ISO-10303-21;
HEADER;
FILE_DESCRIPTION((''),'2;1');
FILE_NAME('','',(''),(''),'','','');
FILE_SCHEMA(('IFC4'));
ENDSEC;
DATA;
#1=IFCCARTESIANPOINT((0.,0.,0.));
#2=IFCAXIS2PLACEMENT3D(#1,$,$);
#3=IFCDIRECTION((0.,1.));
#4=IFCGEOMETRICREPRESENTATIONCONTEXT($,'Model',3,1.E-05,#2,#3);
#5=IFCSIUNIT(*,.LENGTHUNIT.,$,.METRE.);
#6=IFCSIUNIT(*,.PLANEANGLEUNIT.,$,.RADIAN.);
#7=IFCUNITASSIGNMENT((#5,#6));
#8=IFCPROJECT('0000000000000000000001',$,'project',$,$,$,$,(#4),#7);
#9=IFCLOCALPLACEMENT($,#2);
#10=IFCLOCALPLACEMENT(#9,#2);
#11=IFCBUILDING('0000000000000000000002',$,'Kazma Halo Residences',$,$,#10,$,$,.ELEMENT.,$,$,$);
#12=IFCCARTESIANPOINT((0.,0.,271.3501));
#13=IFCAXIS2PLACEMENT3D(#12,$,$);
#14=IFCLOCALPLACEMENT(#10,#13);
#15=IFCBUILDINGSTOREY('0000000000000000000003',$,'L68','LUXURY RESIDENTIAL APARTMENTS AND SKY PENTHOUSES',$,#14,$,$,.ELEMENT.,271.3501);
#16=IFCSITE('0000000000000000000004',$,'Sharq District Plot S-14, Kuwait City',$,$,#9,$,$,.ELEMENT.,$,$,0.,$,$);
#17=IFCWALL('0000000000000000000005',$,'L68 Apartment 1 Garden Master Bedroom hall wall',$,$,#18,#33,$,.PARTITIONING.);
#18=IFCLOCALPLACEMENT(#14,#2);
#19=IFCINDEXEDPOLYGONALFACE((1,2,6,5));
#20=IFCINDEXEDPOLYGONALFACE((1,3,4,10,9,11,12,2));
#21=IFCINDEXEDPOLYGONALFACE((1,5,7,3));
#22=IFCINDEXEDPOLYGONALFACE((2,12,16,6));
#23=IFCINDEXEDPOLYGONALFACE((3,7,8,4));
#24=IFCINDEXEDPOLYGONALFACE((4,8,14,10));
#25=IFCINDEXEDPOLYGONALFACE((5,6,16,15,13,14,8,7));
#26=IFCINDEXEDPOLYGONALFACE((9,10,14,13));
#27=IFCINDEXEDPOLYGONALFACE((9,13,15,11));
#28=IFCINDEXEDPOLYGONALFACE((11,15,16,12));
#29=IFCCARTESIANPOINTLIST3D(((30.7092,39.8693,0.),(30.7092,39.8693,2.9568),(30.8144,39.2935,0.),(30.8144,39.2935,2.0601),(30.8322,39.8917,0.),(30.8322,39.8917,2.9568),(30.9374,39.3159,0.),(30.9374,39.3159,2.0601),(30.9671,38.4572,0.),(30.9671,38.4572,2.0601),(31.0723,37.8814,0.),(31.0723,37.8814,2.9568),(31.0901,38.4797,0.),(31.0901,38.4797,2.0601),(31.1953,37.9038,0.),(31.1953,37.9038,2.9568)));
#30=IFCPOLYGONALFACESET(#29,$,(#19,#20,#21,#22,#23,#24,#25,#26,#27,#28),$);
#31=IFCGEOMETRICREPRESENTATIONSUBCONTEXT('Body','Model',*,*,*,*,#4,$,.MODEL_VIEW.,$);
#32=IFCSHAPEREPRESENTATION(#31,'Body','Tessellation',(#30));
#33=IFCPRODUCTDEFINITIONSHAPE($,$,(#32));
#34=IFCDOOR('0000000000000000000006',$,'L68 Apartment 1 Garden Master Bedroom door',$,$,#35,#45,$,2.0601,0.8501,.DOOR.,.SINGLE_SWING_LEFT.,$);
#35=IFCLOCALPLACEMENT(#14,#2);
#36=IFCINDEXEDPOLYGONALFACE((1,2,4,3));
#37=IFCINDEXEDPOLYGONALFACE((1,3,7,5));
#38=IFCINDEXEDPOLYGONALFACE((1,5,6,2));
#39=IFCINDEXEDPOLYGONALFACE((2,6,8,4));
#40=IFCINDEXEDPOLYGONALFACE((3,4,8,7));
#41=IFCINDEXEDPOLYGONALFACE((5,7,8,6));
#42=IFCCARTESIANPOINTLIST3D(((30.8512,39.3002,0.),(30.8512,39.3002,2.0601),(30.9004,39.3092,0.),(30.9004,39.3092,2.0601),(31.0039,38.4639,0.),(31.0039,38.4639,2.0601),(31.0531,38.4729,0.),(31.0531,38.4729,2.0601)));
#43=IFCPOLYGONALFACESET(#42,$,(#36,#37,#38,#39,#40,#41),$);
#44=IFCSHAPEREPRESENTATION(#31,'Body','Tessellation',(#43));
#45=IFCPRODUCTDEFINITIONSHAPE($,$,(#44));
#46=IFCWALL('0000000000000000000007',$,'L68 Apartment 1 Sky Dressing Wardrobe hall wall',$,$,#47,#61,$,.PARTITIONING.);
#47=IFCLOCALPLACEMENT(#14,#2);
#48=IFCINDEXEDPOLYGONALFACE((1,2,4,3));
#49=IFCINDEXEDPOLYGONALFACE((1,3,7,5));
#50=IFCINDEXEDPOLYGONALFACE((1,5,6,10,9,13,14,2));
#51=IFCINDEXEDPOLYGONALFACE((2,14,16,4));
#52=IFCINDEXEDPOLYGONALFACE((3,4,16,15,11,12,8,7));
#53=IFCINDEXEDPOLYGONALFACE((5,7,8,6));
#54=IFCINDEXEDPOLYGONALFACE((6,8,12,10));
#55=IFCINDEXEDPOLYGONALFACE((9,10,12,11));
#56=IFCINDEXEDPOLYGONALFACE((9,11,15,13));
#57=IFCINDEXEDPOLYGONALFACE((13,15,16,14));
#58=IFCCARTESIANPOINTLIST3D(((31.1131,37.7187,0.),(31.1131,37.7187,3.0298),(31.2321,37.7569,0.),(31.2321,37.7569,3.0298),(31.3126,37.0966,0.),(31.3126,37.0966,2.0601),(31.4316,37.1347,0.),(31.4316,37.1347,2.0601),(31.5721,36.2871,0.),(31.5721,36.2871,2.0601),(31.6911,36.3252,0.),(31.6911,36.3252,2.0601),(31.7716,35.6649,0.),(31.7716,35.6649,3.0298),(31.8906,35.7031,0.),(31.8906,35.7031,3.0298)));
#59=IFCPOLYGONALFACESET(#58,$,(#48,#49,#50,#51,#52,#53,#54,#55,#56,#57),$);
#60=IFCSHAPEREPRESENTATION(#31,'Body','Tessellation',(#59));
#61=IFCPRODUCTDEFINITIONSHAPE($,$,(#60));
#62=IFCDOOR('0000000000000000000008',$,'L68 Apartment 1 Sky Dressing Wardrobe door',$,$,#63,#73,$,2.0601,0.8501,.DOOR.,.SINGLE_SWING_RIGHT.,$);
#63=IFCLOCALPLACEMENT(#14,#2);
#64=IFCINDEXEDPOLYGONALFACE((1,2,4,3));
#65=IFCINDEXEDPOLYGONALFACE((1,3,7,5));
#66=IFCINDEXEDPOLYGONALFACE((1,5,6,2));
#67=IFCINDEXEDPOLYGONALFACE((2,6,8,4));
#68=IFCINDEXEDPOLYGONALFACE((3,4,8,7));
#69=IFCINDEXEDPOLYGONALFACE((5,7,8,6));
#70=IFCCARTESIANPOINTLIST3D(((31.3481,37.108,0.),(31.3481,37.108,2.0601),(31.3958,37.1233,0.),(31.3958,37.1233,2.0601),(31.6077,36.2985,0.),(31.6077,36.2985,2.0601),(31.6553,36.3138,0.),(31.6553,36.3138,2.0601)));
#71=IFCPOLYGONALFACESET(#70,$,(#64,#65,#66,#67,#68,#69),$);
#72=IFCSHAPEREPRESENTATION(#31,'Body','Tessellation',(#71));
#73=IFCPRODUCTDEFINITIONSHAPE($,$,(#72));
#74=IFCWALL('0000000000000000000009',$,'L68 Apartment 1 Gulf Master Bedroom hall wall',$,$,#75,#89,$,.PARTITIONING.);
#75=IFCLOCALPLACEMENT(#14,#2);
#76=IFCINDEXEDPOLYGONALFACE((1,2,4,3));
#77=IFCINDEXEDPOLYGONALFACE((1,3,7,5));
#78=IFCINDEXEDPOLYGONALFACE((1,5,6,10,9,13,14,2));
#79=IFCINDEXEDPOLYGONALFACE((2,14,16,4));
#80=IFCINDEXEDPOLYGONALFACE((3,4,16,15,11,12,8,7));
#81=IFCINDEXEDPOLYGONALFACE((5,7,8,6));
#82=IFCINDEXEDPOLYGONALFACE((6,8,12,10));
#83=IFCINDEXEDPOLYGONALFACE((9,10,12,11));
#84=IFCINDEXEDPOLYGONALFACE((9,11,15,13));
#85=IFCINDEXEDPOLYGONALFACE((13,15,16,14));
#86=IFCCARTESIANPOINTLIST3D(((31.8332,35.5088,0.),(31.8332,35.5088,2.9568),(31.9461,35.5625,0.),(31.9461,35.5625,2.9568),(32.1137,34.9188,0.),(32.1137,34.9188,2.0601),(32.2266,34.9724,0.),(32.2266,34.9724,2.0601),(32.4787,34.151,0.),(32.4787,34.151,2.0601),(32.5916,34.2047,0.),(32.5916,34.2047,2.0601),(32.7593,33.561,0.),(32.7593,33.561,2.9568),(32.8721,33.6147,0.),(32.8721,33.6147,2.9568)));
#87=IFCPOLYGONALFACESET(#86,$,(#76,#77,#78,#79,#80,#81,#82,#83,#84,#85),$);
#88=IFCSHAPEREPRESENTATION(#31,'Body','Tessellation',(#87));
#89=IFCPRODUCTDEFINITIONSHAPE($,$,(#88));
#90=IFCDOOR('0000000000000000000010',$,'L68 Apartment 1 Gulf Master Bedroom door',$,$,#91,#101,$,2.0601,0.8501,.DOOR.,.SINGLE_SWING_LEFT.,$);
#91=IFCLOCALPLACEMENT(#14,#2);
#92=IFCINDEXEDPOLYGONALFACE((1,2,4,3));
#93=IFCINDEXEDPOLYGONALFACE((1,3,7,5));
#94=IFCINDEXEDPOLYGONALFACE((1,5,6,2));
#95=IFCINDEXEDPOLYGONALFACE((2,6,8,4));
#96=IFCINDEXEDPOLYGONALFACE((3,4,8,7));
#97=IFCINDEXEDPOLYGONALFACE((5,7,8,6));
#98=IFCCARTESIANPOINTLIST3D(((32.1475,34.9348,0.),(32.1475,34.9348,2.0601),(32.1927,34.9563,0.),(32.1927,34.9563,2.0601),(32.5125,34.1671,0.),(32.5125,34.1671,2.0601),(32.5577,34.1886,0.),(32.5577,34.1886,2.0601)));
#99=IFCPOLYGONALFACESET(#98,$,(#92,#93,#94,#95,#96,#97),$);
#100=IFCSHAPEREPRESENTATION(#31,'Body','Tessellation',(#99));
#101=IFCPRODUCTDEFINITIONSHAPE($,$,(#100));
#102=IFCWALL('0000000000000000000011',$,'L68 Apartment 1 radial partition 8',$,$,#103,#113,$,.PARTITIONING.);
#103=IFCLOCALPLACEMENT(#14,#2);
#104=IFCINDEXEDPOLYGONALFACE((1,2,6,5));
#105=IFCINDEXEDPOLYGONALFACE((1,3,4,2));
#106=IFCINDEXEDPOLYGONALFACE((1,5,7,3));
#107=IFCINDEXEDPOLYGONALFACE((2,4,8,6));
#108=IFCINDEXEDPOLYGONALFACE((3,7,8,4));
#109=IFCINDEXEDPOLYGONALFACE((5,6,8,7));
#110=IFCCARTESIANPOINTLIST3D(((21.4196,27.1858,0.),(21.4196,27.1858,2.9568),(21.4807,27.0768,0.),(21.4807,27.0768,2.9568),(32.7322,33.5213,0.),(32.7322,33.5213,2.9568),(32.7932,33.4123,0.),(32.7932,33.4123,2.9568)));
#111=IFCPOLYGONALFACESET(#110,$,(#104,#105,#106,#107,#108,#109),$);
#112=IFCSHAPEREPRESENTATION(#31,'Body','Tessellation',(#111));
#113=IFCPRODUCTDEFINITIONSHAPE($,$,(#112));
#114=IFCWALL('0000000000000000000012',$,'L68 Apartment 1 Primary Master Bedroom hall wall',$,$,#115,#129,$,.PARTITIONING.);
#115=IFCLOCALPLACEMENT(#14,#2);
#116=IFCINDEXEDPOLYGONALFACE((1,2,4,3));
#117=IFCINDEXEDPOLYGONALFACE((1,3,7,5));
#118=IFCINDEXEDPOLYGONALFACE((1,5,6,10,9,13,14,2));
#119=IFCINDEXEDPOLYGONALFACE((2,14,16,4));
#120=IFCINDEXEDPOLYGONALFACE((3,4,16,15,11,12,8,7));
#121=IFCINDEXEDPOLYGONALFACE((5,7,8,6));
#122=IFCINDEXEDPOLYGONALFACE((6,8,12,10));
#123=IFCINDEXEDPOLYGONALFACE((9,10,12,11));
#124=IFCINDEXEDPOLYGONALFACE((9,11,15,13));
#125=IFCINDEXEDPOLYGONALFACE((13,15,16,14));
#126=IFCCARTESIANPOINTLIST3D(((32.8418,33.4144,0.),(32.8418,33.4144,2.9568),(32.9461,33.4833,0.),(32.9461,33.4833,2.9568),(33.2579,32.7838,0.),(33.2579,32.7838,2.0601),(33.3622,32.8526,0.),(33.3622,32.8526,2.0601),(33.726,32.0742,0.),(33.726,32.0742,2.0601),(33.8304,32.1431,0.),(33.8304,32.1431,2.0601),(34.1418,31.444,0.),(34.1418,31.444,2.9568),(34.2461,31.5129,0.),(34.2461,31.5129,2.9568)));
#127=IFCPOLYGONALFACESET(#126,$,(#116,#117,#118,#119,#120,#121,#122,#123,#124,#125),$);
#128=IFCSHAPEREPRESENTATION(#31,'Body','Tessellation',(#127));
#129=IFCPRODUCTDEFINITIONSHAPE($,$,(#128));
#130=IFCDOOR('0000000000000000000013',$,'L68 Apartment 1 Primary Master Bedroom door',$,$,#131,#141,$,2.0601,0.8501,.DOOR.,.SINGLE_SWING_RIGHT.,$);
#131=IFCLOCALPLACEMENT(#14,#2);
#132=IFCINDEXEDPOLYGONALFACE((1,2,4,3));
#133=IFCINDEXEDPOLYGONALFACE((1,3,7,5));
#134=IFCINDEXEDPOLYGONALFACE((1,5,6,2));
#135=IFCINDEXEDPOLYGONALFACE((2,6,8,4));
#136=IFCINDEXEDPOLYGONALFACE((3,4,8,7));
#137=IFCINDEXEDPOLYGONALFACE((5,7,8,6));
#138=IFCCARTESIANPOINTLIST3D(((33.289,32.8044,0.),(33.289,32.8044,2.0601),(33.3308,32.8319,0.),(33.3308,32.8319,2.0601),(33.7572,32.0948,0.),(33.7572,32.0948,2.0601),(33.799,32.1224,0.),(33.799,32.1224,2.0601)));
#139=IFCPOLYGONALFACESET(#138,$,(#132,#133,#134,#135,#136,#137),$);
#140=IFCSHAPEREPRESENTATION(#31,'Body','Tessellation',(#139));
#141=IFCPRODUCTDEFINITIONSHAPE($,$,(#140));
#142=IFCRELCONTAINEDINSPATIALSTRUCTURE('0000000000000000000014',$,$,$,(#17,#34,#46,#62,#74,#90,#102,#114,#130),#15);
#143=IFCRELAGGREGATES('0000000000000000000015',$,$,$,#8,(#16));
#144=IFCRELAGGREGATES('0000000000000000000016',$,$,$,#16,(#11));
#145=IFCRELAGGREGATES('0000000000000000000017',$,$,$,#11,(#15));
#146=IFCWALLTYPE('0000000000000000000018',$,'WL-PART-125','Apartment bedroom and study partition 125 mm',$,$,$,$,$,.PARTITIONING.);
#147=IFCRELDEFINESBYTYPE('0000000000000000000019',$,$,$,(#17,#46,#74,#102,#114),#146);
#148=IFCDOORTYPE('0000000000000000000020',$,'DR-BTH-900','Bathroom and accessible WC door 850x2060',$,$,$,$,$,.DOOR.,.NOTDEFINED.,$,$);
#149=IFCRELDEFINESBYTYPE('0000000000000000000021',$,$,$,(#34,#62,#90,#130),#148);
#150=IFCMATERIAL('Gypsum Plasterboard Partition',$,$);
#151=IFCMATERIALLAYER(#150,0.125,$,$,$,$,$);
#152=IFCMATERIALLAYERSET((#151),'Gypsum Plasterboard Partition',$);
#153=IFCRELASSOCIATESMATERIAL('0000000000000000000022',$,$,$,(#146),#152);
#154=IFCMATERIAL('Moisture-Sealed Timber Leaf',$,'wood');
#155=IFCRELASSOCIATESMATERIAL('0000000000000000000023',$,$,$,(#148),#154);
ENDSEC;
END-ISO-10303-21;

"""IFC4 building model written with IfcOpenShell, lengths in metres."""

from ifc_helpers import new_model, si_unit, direction, frame, frame_2d, origin, place, context, subcontext, project, spatial, rectangle, extrude, material, layer, layer_set, type_object, element, fill, save


model = new_model("IFC4")

# Units and contexts
model_context = context("Model", 3, precision=1e-05, world=origin(), true_north=direction((0.0, 1.0)))
body_context = subcontext(model_context, "Body", "Model", "MODEL_VIEW")
ifc_project = project(units=[si_unit("LENGTHUNIT", "METRE"), si_unit("PLANEANGLEUNIT", "RADIAN")], contexts=[model_context])

# Site, building, storey
site_placement = place(None, origin())
site = spatial("IfcSite", under=ifc_project, at=site_placement, Name="Sharq District Plot S-14, Kuwait City", CompositionType="ELEMENT", RefElevation=0.0)
building_placement = place(site_placement, origin())
building = spatial("IfcBuilding", under=site, at=building_placement, Name="Kazma Halo Residences", CompositionType="ELEMENT")
storey_placement = place(building_placement, frame((0.0, 0.0, 271.3501)))
storey = spatial("IfcBuildingStorey", under=building, at=storey_placement, Name="L68", Description="LUXURY RESIDENTIAL APARTMENTS AND SKY PENTHOUSES", CompositionType="ELEMENT", Elevation=271.3501)

# Shared definitions
ifc_material_1 = material(Name="Gypsum Plasterboard Partition")
ifc_layer_1 = layer(ifc_material_1, 0.125)
ifc_layer_set_1 = layer_set([ifc_layer_1], Name="Gypsum Plasterboard Partition")
wall_type_1 = type_object("IfcWallType", Name="WL-PART-125", Description="Apartment bedroom and study partition 125 mm", PredefinedType="PARTITIONING", material=ifc_layer_set_1)

# Walls, openings, doors
wall_1_placement = place(storey_placement, frame((30.7708, 39.8804, 0.0), z_axis=(0.0, 0.0, 1.0), x_axis=(0.179662, -0.983728, 0.0)))
wall_1 = element("IfcWall", 1, at=wall_1_placement, inside=storey, type_object=wall_type_1, Name="L68 Apartment 1 Garden Master Bedroom hall wall", PredefinedType="PARTITIONING", context=body_context, shape_type="SweptSolid", body=[
    extrude(rectangle(XDim=2.0208, YDim=0.125, at=frame_2d((1.0103, 0.0))), origin(), (0.0, 0.0, 1.0), 2.9568),
])
opening_1_placement = place(wall_1_placement, frame((0.5852, 0.0, 0.0)))
opening_1 = element("IfcOpeningElement", 2, at=opening_1_placement, cuts=wall_1, PredefinedType="OPENING", context=body_context, shape_type="SweptSolid", body=[
    extrude(rectangle(XDim=0.8501, YDim=2.0601, at=frame_2d((0.425, 1.03))), frame((0.0, 0.0725, 0.0), z_axis=(0.0, -1.0, 0.0), x_axis=(1.0, 0.0, 0.0)), (0.0, 0.0, 1.0), 0.145),
])
ifc_material_2 = material(Name="Moisture-Sealed Timber Leaf", Category="wood")
door_type = type_object("IfcDoorType", Name="DR-BTH-900", Description="Bathroom and accessible WC door 850x2060", OperationType="NOTDEFINED", PredefinedType="DOOR", material=ifc_material_2)
door_1_placement = place(opening_1_placement, origin())
door_1 = element("IfcDoor", 3, at=door_1_placement, inside=storey, type_object=door_type, Name="L68 Apartment 1 Garden Master Bedroom door", OperationType="SINGLE_SWING_LEFT", OverallHeight=2.0601, OverallWidth=0.8501, PredefinedType="DOOR", context=body_context, shape_type="SweptSolid", body=[
    extrude(rectangle(XDim=0.8501, YDim=2.0601, at=frame_2d((0.425, 1.03))), frame((0.0, 0.0249, 0.0), z_axis=(0.0, -1.0, 0.0), x_axis=(1.0, 0.0, 0.0)), (0.0, 0.0, 1.0), 0.05),
])
fill(opening_1, door_1)
wall_2_placement = place(storey_placement, frame((31.1726, 37.7378, 0.0), z_axis=(0.0, 0.0, 1.0), x_axis=(0.305306, -0.952254, 0.0)))
wall_2 = element("IfcWall", 4, at=wall_2_placement, inside=storey, type_object=wall_type_1, Name="L68 Apartment 1 Sky Dressing Wardrobe hall wall", PredefinedType="PARTITIONING", context=body_context, shape_type="SweptSolid", body=[
    extrude(rectangle(XDim=2.1567, YDim=0.125, at=frame_2d((1.0784, 0.0))), origin(), (0.0, 0.0, 1.0), 3.0298),
])
opening_2_placement = place(wall_2_placement, frame((0.6533, 0.0, 0.0)))
opening_2 = element("IfcOpeningElement", 5, at=opening_2_placement, cuts=wall_2, PredefinedType="OPENING", context=body_context, shape_type="SweptSolid", body=[
    extrude(rectangle(XDim=0.8501, YDim=2.0601, at=frame_2d((0.425, 1.03))), frame((0.0, 0.0725, 0.0), z_axis=(0.0, -1.0, 0.0), x_axis=(1.0, 0.0, 0.0)), (0.0, 0.0, 1.0), 0.145),
])
door_2_placement = place(opening_2_placement, origin())
door_2 = element("IfcDoor", 6, at=door_2_placement, inside=storey, type_object=door_type, Name="L68 Apartment 1 Sky Dressing Wardrobe door", OperationType="SINGLE_SWING_RIGHT", OverallHeight=2.0601, OverallWidth=0.8501, PredefinedType="DOOR", context=body_context, shape_type="SweptSolid", body=[
    extrude(rectangle(XDim=0.8501, YDim=2.0601, at=frame_2d((0.425, 1.03))), frame((0.0, 0.0249, 0.0), z_axis=(0.0, -1.0, 0.0), x_axis=(1.0, 0.0, 0.0)), (0.0, 0.0, 1.0), 0.05),
])
fill(opening_2, door_2)
wall_3_placement = place(storey_placement, frame((31.8896, 35.5356, 0.0), z_axis=(0.0, 0.0, 1.0), x_axis=(0.429375, -0.903126, 0.0)))
wall_3 = element("IfcWall", 7, at=wall_3_placement, inside=storey, type_object=wall_type_1, Name="L68 Apartment 1 Gulf Master Bedroom hall wall", PredefinedType="PARTITIONING", context=body_context, shape_type="SweptSolid", body=[
    extrude(rectangle(XDim=2.1567, YDim=0.125, at=frame_2d((1.0784, 0.0))), origin(), (0.0, 0.0, 1.0), 2.9568),
])
opening_3_placement = place(wall_3_placement, frame((0.6533, 0.0, 0.0)))
opening_3 = element("IfcOpeningElement", 8, at=opening_3_placement, cuts=wall_3, PredefinedType="OPENING", context=body_context, shape_type="SweptSolid", body=[
    extrude(rectangle(XDim=0.8501, YDim=2.0601, at=frame_2d((0.425, 1.03))), frame((0.0, 0.0725, 0.0), z_axis=(0.0, -1.0, 0.0), x_axis=(1.0, 0.0, 0.0)), (0.0, 0.0, 1.0), 0.145),
])
door_3_placement = place(opening_3_placement, origin())
door_3 = element("IfcDoor", 9, at=door_3_placement, inside=storey, type_object=door_type, Name="L68 Apartment 1 Gulf Master Bedroom door", OperationType="SINGLE_SWING_LEFT", OverallHeight=2.0601, OverallWidth=0.8501, PredefinedType="DOOR", context=body_context, shape_type="SweptSolid", body=[
    extrude(rectangle(XDim=0.8501, YDim=2.0601, at=frame_2d((0.425, 1.03))), frame((0.0, 0.0249, 0.0), z_axis=(0.0, -1.0, 0.0), x_axis=(1.0, 0.0, 0.0)), (0.0, 0.0, 1.0), 0.05),
])
fill(opening_3, door_3)

# Wall
wall_4_placement = place(storey_placement, frame((32.7627, 33.4668, 0.0), z_axis=(0.0, 0.0, 1.0), x_axis=(-0.872491, -0.48863, 0.0)))
element("IfcWall", 10, at=wall_4_placement, inside=storey, type_object=wall_type_1, Name="L68 Apartment 1 radial partition 8", PredefinedType="PARTITIONING", context=body_context, shape_type="SweptSolid", body=[
    extrude(rectangle(XDim=12.9658, YDim=0.125, at=frame_2d((6.4829, 0.0))), origin(), (0.0, 0.0, 1.0), 2.9568),
])

# Wall, opening, door
wall_5_placement = place(storey_placement, frame((32.894, 33.4487, 0.0), z_axis=(0.0, 0.0, 1.0), x_axis=(0.550708, -0.834698, 0.0)))
wall_5 = element("IfcWall", 11, at=wall_5_placement, inside=storey, type_object=wall_type_1, Name="L68 Apartment 1 Primary Master Bedroom hall wall", PredefinedType="PARTITIONING", context=body_context, shape_type="SweptSolid", body=[
    extrude(rectangle(XDim=2.3606, YDim=0.125, at=frame_2d((1.1802, 0.0))), origin(), (0.0, 0.0, 1.0), 2.9568),
])
opening_4_placement = place(wall_5_placement, frame((0.7554, 0.0, 0.0)))
opening_4 = element("IfcOpeningElement", 12, at=opening_4_placement, cuts=wall_5, PredefinedType="OPENING", context=body_context, shape_type="SweptSolid", body=[
    extrude(rectangle(XDim=0.8501, YDim=2.0601, at=frame_2d((0.425, 1.03))), frame((0.0, 0.0725, 0.0), z_axis=(0.0, -1.0, 0.0), x_axis=(1.0, 0.0, 0.0)), (0.0, 0.0, 1.0), 0.145),
])
door_4_placement = place(opening_4_placement, origin())
door_4 = element("IfcDoor", 13, at=door_4_placement, inside=storey, type_object=door_type, Name="L68 Apartment 1 Primary Master Bedroom door", OperationType="SINGLE_SWING_RIGHT", OverallHeight=2.0601, OverallWidth=0.8501, PredefinedType="DOOR", context=body_context, shape_type="SweptSolid", body=[
    extrude(rectangle(XDim=0.8501, YDim=2.0601, at=frame_2d((0.425, 1.03))), frame((0.0, 0.0249, 0.0), z_axis=(0.0, -1.0, 0.0), x_axis=(1.0, 0.0, 0.0)), (0.0, 0.0, 1.0), 0.05),
])
fill(opening_4, door_4)

save(model, "model.ifc")
